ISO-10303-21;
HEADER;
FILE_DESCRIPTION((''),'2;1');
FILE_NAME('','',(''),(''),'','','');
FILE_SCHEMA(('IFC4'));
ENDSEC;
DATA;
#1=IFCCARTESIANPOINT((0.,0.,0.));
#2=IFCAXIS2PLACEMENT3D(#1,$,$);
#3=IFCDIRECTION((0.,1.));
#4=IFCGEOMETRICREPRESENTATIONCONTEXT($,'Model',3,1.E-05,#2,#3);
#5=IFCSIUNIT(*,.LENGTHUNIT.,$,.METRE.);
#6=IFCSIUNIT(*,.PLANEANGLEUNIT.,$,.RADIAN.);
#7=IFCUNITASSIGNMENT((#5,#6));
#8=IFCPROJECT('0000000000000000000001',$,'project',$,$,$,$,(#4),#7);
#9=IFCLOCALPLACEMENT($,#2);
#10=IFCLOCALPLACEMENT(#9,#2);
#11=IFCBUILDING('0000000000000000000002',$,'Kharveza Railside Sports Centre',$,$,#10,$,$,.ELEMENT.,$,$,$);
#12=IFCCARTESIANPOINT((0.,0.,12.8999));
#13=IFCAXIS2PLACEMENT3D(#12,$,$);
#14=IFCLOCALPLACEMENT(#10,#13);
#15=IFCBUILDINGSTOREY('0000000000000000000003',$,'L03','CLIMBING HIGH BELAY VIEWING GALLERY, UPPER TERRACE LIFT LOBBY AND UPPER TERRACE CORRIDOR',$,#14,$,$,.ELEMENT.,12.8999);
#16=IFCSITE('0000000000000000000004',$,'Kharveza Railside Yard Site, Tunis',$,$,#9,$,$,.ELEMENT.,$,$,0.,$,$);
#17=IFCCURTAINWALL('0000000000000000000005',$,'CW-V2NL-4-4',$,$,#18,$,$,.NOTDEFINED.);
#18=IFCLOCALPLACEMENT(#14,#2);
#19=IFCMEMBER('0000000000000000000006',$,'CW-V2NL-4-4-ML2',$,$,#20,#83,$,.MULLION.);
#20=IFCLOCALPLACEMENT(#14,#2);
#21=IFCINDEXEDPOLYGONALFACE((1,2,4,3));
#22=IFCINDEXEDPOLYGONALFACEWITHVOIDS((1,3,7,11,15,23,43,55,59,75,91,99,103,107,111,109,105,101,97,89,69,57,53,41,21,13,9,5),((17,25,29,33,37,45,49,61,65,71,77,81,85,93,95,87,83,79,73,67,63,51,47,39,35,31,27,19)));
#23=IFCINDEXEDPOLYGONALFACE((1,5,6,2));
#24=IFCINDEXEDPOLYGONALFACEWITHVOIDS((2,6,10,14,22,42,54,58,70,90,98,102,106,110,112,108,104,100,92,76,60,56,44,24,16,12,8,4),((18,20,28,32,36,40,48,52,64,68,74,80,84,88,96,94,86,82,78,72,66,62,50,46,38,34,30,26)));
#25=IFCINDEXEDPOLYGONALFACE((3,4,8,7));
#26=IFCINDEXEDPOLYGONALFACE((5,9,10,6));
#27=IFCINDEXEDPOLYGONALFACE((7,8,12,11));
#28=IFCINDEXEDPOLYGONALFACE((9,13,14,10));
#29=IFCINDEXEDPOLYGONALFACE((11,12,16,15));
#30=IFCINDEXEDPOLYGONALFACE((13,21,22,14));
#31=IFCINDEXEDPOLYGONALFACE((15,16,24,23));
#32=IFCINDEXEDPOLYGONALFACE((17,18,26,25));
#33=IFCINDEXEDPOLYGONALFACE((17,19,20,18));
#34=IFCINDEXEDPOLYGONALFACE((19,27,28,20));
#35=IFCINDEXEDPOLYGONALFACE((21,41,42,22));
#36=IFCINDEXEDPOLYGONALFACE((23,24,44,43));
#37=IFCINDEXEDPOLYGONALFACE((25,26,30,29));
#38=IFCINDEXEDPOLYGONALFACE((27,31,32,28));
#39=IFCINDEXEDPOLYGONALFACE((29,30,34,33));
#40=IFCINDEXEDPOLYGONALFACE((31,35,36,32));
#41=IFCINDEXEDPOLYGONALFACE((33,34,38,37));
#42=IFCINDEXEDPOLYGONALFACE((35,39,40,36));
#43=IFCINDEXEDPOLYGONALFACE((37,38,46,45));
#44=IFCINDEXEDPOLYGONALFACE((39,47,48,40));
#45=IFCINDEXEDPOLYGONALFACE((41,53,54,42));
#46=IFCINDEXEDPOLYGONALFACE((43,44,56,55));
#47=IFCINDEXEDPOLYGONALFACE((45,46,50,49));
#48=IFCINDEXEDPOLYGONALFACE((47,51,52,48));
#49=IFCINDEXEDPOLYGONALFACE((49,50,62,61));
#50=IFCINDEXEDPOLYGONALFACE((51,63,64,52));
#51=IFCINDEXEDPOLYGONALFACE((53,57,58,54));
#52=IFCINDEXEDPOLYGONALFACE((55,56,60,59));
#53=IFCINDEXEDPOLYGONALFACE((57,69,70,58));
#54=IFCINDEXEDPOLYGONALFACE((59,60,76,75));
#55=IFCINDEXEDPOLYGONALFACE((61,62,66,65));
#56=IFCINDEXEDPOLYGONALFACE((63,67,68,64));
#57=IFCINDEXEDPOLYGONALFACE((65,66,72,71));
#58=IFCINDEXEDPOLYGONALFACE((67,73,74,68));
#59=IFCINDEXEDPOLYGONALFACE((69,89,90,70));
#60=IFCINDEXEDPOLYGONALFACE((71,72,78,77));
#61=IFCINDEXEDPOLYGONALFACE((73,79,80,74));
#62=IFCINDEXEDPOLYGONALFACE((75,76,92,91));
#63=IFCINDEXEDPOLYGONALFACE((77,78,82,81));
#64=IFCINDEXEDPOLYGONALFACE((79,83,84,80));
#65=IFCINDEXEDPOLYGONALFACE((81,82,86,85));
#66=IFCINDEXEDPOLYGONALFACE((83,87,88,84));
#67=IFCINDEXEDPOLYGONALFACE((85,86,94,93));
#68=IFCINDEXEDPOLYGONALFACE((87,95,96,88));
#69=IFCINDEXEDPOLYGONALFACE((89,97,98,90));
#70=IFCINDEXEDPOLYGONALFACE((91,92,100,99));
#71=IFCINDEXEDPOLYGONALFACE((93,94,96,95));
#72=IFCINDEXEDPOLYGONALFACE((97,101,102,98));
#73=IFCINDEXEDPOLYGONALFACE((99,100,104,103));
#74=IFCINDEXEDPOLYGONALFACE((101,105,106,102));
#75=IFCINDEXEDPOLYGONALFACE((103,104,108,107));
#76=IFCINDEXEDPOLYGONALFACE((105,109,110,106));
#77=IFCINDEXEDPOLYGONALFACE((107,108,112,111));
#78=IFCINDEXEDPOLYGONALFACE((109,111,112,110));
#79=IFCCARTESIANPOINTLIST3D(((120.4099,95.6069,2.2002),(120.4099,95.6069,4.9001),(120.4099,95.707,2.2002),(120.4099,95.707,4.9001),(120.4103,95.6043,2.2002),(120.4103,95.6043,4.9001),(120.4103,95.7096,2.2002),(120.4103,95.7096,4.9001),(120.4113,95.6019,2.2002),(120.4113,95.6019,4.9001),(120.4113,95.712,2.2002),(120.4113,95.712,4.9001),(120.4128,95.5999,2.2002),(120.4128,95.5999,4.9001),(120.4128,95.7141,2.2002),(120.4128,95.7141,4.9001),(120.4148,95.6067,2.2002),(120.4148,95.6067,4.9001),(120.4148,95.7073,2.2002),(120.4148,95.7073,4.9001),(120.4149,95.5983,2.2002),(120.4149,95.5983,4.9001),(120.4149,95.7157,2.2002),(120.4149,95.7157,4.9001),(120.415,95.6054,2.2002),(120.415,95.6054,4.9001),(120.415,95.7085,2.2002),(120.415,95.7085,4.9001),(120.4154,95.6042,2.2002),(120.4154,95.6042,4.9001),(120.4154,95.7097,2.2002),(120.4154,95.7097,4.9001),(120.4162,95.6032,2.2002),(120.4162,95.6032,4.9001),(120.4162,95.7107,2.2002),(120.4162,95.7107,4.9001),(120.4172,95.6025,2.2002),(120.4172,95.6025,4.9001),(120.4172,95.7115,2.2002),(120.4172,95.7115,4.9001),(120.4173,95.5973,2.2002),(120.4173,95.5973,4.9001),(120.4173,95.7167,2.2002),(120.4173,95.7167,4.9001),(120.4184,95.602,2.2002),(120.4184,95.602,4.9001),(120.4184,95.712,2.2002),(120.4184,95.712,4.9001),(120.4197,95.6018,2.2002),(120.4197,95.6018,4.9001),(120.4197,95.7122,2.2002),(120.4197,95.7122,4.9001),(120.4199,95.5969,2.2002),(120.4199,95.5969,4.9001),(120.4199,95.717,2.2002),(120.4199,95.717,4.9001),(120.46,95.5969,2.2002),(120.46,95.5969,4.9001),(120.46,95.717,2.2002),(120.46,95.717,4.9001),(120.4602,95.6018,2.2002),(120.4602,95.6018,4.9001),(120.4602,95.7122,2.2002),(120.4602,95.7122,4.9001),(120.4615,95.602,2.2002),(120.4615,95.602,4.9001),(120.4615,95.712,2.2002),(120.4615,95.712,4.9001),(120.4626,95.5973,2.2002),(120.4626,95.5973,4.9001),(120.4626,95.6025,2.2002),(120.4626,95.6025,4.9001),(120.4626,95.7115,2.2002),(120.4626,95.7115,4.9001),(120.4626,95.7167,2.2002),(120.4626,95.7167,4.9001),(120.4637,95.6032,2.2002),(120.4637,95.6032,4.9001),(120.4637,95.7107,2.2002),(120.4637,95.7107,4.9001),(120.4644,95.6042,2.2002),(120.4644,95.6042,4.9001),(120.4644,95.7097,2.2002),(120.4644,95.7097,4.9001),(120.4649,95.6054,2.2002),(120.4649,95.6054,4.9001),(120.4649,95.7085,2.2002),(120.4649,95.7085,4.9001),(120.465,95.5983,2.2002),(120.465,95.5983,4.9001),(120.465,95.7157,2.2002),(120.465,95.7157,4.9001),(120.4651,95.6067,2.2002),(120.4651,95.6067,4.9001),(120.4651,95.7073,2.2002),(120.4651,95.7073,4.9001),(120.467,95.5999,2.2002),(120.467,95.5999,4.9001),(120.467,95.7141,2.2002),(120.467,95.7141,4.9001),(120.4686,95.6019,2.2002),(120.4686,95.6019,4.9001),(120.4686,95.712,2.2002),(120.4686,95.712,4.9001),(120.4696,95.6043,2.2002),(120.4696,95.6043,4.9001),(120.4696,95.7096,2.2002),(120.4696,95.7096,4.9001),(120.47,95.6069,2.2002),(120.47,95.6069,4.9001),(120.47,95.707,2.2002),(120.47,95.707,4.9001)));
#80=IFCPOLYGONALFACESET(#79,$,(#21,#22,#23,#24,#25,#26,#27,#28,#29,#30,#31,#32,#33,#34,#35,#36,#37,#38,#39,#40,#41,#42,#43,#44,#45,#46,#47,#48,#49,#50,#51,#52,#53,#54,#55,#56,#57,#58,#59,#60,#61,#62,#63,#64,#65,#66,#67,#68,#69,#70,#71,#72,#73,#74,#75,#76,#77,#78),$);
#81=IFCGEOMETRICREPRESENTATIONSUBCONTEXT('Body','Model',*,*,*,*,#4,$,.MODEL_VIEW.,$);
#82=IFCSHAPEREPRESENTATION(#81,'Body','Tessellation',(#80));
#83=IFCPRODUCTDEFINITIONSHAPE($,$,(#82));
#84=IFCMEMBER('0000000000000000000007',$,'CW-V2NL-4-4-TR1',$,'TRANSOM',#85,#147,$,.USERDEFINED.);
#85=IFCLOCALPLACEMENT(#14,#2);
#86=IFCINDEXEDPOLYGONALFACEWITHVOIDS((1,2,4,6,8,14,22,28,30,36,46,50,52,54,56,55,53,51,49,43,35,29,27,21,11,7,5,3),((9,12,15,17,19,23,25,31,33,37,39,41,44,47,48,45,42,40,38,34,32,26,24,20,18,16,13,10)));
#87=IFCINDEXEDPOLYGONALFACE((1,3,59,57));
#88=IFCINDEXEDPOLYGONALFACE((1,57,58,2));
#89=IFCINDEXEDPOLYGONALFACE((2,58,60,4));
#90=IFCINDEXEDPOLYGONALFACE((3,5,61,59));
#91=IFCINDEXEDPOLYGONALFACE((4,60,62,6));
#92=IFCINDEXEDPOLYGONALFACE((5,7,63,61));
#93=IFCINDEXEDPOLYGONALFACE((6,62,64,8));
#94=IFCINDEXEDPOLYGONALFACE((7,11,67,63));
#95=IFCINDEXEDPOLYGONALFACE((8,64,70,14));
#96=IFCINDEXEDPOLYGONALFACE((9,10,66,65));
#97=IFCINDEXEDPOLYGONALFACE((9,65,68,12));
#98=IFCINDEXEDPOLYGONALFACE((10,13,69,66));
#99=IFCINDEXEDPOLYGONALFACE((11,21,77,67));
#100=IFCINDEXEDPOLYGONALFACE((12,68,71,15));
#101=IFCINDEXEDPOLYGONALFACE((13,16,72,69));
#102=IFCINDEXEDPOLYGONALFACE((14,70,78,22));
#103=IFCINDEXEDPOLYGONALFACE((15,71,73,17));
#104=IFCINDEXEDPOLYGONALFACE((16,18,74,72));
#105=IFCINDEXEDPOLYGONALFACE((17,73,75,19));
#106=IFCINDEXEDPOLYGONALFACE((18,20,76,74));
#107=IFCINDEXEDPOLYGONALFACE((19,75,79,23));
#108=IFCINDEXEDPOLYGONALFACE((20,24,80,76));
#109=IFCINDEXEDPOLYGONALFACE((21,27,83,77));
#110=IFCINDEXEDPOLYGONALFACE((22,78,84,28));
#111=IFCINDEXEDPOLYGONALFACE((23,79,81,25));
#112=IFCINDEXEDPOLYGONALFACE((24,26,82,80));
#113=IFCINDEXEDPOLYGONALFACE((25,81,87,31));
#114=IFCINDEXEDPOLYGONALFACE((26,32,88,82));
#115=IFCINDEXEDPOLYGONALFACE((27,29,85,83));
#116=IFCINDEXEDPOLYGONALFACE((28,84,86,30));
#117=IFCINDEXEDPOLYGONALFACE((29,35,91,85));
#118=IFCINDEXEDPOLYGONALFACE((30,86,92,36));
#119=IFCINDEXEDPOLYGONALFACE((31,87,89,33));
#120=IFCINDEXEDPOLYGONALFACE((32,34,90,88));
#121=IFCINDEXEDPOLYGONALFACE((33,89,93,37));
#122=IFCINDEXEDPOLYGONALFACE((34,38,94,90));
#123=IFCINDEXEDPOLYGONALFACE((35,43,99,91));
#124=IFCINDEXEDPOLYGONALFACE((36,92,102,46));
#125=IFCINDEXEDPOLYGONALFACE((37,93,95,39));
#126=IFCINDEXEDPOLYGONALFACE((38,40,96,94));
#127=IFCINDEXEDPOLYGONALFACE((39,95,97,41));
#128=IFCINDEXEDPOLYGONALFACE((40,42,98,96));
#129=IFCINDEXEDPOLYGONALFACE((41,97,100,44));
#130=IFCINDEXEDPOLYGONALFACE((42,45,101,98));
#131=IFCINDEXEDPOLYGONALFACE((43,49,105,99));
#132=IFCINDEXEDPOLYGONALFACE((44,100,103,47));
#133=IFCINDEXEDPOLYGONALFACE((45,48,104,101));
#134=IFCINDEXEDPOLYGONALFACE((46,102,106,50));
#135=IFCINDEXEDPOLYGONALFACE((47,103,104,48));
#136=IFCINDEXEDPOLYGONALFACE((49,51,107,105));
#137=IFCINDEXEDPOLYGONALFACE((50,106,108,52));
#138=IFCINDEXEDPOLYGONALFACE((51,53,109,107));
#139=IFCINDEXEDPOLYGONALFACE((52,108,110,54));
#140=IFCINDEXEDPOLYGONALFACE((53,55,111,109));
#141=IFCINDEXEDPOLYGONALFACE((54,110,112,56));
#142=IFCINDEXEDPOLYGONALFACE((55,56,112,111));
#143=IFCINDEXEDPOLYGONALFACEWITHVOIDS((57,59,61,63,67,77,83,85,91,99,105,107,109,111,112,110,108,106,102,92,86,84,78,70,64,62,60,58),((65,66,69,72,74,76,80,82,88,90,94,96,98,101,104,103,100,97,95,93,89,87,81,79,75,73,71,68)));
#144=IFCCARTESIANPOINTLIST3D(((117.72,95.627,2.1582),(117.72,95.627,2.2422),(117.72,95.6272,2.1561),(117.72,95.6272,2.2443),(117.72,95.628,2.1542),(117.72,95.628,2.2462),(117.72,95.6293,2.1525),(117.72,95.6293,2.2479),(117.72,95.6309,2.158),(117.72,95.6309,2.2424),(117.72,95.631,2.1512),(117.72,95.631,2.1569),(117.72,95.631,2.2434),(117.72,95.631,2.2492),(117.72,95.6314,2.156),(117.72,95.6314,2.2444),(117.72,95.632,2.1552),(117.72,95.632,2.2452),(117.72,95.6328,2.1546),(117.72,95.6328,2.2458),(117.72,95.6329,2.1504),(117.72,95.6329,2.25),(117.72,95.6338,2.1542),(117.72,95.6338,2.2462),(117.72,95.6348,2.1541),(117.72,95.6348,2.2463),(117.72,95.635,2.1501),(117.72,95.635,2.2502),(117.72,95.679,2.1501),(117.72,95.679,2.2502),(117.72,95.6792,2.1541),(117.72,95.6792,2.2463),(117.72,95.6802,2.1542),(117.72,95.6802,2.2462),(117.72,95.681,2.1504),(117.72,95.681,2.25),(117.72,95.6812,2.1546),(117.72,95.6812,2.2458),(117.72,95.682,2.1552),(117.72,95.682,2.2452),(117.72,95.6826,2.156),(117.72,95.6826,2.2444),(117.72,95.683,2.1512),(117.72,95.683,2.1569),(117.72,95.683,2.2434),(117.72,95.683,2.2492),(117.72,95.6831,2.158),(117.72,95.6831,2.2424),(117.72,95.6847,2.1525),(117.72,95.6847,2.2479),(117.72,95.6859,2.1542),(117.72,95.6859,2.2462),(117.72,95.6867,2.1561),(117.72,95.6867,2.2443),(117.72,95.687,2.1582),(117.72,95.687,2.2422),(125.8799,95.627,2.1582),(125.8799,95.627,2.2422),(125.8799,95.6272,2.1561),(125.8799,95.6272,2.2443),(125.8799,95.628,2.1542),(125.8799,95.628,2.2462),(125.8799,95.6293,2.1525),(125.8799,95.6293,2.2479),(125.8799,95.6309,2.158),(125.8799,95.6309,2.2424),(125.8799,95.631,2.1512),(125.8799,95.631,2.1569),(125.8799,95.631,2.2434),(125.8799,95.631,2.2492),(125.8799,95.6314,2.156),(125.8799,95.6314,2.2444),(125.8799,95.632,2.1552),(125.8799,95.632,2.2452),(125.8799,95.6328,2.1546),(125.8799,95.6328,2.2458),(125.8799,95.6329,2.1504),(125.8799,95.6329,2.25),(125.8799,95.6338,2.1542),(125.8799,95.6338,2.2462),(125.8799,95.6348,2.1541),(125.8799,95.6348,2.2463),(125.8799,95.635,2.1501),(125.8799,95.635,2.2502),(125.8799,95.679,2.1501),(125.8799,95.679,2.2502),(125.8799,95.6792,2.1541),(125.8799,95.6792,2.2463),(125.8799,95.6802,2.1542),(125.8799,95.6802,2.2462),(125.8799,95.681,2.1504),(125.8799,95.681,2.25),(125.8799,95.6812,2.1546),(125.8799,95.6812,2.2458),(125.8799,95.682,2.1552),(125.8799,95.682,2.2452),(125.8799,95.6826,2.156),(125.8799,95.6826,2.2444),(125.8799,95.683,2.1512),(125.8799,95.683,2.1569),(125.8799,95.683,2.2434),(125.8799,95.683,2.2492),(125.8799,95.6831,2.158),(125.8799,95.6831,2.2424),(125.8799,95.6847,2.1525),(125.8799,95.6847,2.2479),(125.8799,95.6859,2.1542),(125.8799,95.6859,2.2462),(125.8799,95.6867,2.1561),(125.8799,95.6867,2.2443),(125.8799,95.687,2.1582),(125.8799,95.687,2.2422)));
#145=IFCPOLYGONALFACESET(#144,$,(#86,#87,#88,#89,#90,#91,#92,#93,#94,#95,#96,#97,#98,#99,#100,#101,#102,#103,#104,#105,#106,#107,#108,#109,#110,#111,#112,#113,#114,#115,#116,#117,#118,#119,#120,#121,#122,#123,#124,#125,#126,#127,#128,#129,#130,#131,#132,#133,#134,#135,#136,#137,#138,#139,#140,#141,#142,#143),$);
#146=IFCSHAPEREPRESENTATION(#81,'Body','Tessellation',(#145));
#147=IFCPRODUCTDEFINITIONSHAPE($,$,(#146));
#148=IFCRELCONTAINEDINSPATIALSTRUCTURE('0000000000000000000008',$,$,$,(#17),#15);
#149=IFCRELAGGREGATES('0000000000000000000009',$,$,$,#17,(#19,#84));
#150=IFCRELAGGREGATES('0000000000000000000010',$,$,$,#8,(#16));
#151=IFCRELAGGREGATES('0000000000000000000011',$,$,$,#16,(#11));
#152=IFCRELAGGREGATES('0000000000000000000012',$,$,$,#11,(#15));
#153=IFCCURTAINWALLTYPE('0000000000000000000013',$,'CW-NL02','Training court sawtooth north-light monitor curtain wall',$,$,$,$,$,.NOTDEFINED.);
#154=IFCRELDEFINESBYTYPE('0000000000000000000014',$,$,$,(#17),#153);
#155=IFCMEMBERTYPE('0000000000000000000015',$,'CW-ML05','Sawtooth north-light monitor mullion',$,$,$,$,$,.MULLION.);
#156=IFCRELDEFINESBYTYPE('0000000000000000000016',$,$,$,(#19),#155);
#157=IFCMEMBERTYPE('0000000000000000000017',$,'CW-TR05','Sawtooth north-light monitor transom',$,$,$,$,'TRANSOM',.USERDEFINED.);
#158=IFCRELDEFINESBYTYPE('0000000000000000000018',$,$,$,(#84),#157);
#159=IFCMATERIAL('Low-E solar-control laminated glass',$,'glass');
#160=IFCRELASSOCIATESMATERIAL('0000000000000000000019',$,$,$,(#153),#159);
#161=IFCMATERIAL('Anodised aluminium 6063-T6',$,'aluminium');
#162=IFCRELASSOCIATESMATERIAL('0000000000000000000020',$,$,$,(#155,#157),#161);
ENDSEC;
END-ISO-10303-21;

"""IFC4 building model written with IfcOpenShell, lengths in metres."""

from ifc_helpers import new_model, si_unit, direction, frame, origin, origin_2d, place, context, subcontext, project, spatial, hollow_rectangle, extrude, material, material_profile, profile_set, type_object, element, aggregate, save


model = new_model("IFC4")

# Units and contexts
model_context = context("Model", 3, precision=1e-05, world=origin(), true_north=direction((0.0, 1.0)))
body_context = subcontext(model_context, "Body", "Model", "MODEL_VIEW")
ifc_project = project(units=[si_unit("LENGTHUNIT", "METRE"), si_unit("PLANEANGLEUNIT", "RADIAN")], contexts=[model_context])

# Site, building, storey
site_placement = place(None, origin())
site = spatial("IfcSite", under=ifc_project, at=site_placement, Name="Kharveza Railside Yard Site, Tunis", CompositionType="ELEMENT", RefElevation=0.0)
building_placement = place(site_placement, origin())
building = spatial("IfcBuilding", under=site, at=building_placement, Name="Kharveza Railside Sports Centre", CompositionType="ELEMENT")
storey_placement = place(building_placement, frame((0.0, 0.0, 12.8999)))
storey = spatial("IfcBuildingStorey", under=building, at=storey_placement, Name="L03", Description="CLIMBING HIGH BELAY VIEWING GALLERY, UPPER TERRACE LIFT LOBBY AND UPPER TERRACE CORRIDOR", CompositionType="ELEMENT", Elevation=12.8999)

# Curtain wall, members
ifc_material_1 = material(Name="Low-E solar-control laminated glass", Category="glass")
curtain_wall_type = type_object("IfcCurtainWallType", Name="CW-NL02", Description="Training court sawtooth north-light monitor curtain wall", PredefinedType="NOTDEFINED", material=ifc_material_1)
ifc_material_2 = material(Name="Anodised aluminium 6063-T6", Category="aluminium")
ifc_material_profile_1 = material_profile(ifc_material_2, hollow_rectangle(XDim=0.0601, YDim=0.1201, WallThickness=0.0049, InnerFilletRadius=0.0049, OuterFilletRadius=0.01, at=origin_2d()), Name="RHS 60x120x5.0")
ifc_profile_set_1 = profile_set([ifc_material_profile_1], Name="Anodised aluminium 6063-T6")
member_type_1 = type_object("IfcMemberType", Name="CW-ML05", Description="Sawtooth north-light monitor mullion", PredefinedType="MULLION", material=ifc_profile_set_1)
curtain_wall_1_placement = place(storey_placement, origin())
curtain_wall_1 = element("IfcCurtainWall", 1, at=curtain_wall_1_placement, inside=storey, type_object=curtain_wall_type, Name="CW-V2NL-4-4", PredefinedType="NOTDEFINED")
member_1_placement = place(storey_placement, frame((120.4399, 95.657, 2.2002), z_axis=(0.0, 0.0, 1.0), x_axis=(1.0, 0.0, 0.0)))
member_1 = element("IfcMember", 2, at=member_1_placement, type_object=member_type_1, Name="CW-V2NL-4-4-ML2", PredefinedType="MULLION", context=body_context, shape_type="SweptSolid", body=[
    extrude(hollow_rectangle(XDim=0.0601, YDim=0.1201, WallThickness=0.0049, InnerFilletRadius=0.0049, OuterFilletRadius=0.01, at=origin_2d()), origin(), (0.0, 0.0, 1.0), 2.7),
])
ifc_material_profile_2 = material_profile(ifc_material_2, hollow_rectangle(XDim=0.0601, YDim=0.1001, WallThickness=0.0039, InnerFilletRadius=0.0039, OuterFilletRadius=0.0081, at=origin_2d()), Name="RHS 60x100x4.0")
ifc_profile_set_2 = profile_set([ifc_material_profile_2], Name="Anodised aluminium 6063-T6")
member_type_2 = type_object("IfcMemberType", Name="CW-TR05", Description="Sawtooth north-light monitor transom", ElementType="TRANSOM", PredefinedType="USERDEFINED", material=ifc_profile_set_2)
member_2_placement = place(storey_placement, frame((117.72, 95.657, 2.2002), z_axis=(1.0, 0.0, 0.0), x_axis=(0.0, 1.0, 0.0)))
member_2 = element("IfcMember", 3, at=member_2_placement, type_object=member_type_2, Name="CW-V2NL-4-4-TR1", ObjectType="TRANSOM", PredefinedType="USERDEFINED", context=body_context, shape_type="SweptSolid", body=[
    extrude(hollow_rectangle(XDim=0.0601, YDim=0.1001, WallThickness=0.0039, InnerFilletRadius=0.0039, OuterFilletRadius=0.0081, at=origin_2d()), origin(), (0.0, 0.0, 1.0), 8.1599),
])

aggregate(curtain_wall_1, [member_1, member_2])

save(model, "model.ifc")
